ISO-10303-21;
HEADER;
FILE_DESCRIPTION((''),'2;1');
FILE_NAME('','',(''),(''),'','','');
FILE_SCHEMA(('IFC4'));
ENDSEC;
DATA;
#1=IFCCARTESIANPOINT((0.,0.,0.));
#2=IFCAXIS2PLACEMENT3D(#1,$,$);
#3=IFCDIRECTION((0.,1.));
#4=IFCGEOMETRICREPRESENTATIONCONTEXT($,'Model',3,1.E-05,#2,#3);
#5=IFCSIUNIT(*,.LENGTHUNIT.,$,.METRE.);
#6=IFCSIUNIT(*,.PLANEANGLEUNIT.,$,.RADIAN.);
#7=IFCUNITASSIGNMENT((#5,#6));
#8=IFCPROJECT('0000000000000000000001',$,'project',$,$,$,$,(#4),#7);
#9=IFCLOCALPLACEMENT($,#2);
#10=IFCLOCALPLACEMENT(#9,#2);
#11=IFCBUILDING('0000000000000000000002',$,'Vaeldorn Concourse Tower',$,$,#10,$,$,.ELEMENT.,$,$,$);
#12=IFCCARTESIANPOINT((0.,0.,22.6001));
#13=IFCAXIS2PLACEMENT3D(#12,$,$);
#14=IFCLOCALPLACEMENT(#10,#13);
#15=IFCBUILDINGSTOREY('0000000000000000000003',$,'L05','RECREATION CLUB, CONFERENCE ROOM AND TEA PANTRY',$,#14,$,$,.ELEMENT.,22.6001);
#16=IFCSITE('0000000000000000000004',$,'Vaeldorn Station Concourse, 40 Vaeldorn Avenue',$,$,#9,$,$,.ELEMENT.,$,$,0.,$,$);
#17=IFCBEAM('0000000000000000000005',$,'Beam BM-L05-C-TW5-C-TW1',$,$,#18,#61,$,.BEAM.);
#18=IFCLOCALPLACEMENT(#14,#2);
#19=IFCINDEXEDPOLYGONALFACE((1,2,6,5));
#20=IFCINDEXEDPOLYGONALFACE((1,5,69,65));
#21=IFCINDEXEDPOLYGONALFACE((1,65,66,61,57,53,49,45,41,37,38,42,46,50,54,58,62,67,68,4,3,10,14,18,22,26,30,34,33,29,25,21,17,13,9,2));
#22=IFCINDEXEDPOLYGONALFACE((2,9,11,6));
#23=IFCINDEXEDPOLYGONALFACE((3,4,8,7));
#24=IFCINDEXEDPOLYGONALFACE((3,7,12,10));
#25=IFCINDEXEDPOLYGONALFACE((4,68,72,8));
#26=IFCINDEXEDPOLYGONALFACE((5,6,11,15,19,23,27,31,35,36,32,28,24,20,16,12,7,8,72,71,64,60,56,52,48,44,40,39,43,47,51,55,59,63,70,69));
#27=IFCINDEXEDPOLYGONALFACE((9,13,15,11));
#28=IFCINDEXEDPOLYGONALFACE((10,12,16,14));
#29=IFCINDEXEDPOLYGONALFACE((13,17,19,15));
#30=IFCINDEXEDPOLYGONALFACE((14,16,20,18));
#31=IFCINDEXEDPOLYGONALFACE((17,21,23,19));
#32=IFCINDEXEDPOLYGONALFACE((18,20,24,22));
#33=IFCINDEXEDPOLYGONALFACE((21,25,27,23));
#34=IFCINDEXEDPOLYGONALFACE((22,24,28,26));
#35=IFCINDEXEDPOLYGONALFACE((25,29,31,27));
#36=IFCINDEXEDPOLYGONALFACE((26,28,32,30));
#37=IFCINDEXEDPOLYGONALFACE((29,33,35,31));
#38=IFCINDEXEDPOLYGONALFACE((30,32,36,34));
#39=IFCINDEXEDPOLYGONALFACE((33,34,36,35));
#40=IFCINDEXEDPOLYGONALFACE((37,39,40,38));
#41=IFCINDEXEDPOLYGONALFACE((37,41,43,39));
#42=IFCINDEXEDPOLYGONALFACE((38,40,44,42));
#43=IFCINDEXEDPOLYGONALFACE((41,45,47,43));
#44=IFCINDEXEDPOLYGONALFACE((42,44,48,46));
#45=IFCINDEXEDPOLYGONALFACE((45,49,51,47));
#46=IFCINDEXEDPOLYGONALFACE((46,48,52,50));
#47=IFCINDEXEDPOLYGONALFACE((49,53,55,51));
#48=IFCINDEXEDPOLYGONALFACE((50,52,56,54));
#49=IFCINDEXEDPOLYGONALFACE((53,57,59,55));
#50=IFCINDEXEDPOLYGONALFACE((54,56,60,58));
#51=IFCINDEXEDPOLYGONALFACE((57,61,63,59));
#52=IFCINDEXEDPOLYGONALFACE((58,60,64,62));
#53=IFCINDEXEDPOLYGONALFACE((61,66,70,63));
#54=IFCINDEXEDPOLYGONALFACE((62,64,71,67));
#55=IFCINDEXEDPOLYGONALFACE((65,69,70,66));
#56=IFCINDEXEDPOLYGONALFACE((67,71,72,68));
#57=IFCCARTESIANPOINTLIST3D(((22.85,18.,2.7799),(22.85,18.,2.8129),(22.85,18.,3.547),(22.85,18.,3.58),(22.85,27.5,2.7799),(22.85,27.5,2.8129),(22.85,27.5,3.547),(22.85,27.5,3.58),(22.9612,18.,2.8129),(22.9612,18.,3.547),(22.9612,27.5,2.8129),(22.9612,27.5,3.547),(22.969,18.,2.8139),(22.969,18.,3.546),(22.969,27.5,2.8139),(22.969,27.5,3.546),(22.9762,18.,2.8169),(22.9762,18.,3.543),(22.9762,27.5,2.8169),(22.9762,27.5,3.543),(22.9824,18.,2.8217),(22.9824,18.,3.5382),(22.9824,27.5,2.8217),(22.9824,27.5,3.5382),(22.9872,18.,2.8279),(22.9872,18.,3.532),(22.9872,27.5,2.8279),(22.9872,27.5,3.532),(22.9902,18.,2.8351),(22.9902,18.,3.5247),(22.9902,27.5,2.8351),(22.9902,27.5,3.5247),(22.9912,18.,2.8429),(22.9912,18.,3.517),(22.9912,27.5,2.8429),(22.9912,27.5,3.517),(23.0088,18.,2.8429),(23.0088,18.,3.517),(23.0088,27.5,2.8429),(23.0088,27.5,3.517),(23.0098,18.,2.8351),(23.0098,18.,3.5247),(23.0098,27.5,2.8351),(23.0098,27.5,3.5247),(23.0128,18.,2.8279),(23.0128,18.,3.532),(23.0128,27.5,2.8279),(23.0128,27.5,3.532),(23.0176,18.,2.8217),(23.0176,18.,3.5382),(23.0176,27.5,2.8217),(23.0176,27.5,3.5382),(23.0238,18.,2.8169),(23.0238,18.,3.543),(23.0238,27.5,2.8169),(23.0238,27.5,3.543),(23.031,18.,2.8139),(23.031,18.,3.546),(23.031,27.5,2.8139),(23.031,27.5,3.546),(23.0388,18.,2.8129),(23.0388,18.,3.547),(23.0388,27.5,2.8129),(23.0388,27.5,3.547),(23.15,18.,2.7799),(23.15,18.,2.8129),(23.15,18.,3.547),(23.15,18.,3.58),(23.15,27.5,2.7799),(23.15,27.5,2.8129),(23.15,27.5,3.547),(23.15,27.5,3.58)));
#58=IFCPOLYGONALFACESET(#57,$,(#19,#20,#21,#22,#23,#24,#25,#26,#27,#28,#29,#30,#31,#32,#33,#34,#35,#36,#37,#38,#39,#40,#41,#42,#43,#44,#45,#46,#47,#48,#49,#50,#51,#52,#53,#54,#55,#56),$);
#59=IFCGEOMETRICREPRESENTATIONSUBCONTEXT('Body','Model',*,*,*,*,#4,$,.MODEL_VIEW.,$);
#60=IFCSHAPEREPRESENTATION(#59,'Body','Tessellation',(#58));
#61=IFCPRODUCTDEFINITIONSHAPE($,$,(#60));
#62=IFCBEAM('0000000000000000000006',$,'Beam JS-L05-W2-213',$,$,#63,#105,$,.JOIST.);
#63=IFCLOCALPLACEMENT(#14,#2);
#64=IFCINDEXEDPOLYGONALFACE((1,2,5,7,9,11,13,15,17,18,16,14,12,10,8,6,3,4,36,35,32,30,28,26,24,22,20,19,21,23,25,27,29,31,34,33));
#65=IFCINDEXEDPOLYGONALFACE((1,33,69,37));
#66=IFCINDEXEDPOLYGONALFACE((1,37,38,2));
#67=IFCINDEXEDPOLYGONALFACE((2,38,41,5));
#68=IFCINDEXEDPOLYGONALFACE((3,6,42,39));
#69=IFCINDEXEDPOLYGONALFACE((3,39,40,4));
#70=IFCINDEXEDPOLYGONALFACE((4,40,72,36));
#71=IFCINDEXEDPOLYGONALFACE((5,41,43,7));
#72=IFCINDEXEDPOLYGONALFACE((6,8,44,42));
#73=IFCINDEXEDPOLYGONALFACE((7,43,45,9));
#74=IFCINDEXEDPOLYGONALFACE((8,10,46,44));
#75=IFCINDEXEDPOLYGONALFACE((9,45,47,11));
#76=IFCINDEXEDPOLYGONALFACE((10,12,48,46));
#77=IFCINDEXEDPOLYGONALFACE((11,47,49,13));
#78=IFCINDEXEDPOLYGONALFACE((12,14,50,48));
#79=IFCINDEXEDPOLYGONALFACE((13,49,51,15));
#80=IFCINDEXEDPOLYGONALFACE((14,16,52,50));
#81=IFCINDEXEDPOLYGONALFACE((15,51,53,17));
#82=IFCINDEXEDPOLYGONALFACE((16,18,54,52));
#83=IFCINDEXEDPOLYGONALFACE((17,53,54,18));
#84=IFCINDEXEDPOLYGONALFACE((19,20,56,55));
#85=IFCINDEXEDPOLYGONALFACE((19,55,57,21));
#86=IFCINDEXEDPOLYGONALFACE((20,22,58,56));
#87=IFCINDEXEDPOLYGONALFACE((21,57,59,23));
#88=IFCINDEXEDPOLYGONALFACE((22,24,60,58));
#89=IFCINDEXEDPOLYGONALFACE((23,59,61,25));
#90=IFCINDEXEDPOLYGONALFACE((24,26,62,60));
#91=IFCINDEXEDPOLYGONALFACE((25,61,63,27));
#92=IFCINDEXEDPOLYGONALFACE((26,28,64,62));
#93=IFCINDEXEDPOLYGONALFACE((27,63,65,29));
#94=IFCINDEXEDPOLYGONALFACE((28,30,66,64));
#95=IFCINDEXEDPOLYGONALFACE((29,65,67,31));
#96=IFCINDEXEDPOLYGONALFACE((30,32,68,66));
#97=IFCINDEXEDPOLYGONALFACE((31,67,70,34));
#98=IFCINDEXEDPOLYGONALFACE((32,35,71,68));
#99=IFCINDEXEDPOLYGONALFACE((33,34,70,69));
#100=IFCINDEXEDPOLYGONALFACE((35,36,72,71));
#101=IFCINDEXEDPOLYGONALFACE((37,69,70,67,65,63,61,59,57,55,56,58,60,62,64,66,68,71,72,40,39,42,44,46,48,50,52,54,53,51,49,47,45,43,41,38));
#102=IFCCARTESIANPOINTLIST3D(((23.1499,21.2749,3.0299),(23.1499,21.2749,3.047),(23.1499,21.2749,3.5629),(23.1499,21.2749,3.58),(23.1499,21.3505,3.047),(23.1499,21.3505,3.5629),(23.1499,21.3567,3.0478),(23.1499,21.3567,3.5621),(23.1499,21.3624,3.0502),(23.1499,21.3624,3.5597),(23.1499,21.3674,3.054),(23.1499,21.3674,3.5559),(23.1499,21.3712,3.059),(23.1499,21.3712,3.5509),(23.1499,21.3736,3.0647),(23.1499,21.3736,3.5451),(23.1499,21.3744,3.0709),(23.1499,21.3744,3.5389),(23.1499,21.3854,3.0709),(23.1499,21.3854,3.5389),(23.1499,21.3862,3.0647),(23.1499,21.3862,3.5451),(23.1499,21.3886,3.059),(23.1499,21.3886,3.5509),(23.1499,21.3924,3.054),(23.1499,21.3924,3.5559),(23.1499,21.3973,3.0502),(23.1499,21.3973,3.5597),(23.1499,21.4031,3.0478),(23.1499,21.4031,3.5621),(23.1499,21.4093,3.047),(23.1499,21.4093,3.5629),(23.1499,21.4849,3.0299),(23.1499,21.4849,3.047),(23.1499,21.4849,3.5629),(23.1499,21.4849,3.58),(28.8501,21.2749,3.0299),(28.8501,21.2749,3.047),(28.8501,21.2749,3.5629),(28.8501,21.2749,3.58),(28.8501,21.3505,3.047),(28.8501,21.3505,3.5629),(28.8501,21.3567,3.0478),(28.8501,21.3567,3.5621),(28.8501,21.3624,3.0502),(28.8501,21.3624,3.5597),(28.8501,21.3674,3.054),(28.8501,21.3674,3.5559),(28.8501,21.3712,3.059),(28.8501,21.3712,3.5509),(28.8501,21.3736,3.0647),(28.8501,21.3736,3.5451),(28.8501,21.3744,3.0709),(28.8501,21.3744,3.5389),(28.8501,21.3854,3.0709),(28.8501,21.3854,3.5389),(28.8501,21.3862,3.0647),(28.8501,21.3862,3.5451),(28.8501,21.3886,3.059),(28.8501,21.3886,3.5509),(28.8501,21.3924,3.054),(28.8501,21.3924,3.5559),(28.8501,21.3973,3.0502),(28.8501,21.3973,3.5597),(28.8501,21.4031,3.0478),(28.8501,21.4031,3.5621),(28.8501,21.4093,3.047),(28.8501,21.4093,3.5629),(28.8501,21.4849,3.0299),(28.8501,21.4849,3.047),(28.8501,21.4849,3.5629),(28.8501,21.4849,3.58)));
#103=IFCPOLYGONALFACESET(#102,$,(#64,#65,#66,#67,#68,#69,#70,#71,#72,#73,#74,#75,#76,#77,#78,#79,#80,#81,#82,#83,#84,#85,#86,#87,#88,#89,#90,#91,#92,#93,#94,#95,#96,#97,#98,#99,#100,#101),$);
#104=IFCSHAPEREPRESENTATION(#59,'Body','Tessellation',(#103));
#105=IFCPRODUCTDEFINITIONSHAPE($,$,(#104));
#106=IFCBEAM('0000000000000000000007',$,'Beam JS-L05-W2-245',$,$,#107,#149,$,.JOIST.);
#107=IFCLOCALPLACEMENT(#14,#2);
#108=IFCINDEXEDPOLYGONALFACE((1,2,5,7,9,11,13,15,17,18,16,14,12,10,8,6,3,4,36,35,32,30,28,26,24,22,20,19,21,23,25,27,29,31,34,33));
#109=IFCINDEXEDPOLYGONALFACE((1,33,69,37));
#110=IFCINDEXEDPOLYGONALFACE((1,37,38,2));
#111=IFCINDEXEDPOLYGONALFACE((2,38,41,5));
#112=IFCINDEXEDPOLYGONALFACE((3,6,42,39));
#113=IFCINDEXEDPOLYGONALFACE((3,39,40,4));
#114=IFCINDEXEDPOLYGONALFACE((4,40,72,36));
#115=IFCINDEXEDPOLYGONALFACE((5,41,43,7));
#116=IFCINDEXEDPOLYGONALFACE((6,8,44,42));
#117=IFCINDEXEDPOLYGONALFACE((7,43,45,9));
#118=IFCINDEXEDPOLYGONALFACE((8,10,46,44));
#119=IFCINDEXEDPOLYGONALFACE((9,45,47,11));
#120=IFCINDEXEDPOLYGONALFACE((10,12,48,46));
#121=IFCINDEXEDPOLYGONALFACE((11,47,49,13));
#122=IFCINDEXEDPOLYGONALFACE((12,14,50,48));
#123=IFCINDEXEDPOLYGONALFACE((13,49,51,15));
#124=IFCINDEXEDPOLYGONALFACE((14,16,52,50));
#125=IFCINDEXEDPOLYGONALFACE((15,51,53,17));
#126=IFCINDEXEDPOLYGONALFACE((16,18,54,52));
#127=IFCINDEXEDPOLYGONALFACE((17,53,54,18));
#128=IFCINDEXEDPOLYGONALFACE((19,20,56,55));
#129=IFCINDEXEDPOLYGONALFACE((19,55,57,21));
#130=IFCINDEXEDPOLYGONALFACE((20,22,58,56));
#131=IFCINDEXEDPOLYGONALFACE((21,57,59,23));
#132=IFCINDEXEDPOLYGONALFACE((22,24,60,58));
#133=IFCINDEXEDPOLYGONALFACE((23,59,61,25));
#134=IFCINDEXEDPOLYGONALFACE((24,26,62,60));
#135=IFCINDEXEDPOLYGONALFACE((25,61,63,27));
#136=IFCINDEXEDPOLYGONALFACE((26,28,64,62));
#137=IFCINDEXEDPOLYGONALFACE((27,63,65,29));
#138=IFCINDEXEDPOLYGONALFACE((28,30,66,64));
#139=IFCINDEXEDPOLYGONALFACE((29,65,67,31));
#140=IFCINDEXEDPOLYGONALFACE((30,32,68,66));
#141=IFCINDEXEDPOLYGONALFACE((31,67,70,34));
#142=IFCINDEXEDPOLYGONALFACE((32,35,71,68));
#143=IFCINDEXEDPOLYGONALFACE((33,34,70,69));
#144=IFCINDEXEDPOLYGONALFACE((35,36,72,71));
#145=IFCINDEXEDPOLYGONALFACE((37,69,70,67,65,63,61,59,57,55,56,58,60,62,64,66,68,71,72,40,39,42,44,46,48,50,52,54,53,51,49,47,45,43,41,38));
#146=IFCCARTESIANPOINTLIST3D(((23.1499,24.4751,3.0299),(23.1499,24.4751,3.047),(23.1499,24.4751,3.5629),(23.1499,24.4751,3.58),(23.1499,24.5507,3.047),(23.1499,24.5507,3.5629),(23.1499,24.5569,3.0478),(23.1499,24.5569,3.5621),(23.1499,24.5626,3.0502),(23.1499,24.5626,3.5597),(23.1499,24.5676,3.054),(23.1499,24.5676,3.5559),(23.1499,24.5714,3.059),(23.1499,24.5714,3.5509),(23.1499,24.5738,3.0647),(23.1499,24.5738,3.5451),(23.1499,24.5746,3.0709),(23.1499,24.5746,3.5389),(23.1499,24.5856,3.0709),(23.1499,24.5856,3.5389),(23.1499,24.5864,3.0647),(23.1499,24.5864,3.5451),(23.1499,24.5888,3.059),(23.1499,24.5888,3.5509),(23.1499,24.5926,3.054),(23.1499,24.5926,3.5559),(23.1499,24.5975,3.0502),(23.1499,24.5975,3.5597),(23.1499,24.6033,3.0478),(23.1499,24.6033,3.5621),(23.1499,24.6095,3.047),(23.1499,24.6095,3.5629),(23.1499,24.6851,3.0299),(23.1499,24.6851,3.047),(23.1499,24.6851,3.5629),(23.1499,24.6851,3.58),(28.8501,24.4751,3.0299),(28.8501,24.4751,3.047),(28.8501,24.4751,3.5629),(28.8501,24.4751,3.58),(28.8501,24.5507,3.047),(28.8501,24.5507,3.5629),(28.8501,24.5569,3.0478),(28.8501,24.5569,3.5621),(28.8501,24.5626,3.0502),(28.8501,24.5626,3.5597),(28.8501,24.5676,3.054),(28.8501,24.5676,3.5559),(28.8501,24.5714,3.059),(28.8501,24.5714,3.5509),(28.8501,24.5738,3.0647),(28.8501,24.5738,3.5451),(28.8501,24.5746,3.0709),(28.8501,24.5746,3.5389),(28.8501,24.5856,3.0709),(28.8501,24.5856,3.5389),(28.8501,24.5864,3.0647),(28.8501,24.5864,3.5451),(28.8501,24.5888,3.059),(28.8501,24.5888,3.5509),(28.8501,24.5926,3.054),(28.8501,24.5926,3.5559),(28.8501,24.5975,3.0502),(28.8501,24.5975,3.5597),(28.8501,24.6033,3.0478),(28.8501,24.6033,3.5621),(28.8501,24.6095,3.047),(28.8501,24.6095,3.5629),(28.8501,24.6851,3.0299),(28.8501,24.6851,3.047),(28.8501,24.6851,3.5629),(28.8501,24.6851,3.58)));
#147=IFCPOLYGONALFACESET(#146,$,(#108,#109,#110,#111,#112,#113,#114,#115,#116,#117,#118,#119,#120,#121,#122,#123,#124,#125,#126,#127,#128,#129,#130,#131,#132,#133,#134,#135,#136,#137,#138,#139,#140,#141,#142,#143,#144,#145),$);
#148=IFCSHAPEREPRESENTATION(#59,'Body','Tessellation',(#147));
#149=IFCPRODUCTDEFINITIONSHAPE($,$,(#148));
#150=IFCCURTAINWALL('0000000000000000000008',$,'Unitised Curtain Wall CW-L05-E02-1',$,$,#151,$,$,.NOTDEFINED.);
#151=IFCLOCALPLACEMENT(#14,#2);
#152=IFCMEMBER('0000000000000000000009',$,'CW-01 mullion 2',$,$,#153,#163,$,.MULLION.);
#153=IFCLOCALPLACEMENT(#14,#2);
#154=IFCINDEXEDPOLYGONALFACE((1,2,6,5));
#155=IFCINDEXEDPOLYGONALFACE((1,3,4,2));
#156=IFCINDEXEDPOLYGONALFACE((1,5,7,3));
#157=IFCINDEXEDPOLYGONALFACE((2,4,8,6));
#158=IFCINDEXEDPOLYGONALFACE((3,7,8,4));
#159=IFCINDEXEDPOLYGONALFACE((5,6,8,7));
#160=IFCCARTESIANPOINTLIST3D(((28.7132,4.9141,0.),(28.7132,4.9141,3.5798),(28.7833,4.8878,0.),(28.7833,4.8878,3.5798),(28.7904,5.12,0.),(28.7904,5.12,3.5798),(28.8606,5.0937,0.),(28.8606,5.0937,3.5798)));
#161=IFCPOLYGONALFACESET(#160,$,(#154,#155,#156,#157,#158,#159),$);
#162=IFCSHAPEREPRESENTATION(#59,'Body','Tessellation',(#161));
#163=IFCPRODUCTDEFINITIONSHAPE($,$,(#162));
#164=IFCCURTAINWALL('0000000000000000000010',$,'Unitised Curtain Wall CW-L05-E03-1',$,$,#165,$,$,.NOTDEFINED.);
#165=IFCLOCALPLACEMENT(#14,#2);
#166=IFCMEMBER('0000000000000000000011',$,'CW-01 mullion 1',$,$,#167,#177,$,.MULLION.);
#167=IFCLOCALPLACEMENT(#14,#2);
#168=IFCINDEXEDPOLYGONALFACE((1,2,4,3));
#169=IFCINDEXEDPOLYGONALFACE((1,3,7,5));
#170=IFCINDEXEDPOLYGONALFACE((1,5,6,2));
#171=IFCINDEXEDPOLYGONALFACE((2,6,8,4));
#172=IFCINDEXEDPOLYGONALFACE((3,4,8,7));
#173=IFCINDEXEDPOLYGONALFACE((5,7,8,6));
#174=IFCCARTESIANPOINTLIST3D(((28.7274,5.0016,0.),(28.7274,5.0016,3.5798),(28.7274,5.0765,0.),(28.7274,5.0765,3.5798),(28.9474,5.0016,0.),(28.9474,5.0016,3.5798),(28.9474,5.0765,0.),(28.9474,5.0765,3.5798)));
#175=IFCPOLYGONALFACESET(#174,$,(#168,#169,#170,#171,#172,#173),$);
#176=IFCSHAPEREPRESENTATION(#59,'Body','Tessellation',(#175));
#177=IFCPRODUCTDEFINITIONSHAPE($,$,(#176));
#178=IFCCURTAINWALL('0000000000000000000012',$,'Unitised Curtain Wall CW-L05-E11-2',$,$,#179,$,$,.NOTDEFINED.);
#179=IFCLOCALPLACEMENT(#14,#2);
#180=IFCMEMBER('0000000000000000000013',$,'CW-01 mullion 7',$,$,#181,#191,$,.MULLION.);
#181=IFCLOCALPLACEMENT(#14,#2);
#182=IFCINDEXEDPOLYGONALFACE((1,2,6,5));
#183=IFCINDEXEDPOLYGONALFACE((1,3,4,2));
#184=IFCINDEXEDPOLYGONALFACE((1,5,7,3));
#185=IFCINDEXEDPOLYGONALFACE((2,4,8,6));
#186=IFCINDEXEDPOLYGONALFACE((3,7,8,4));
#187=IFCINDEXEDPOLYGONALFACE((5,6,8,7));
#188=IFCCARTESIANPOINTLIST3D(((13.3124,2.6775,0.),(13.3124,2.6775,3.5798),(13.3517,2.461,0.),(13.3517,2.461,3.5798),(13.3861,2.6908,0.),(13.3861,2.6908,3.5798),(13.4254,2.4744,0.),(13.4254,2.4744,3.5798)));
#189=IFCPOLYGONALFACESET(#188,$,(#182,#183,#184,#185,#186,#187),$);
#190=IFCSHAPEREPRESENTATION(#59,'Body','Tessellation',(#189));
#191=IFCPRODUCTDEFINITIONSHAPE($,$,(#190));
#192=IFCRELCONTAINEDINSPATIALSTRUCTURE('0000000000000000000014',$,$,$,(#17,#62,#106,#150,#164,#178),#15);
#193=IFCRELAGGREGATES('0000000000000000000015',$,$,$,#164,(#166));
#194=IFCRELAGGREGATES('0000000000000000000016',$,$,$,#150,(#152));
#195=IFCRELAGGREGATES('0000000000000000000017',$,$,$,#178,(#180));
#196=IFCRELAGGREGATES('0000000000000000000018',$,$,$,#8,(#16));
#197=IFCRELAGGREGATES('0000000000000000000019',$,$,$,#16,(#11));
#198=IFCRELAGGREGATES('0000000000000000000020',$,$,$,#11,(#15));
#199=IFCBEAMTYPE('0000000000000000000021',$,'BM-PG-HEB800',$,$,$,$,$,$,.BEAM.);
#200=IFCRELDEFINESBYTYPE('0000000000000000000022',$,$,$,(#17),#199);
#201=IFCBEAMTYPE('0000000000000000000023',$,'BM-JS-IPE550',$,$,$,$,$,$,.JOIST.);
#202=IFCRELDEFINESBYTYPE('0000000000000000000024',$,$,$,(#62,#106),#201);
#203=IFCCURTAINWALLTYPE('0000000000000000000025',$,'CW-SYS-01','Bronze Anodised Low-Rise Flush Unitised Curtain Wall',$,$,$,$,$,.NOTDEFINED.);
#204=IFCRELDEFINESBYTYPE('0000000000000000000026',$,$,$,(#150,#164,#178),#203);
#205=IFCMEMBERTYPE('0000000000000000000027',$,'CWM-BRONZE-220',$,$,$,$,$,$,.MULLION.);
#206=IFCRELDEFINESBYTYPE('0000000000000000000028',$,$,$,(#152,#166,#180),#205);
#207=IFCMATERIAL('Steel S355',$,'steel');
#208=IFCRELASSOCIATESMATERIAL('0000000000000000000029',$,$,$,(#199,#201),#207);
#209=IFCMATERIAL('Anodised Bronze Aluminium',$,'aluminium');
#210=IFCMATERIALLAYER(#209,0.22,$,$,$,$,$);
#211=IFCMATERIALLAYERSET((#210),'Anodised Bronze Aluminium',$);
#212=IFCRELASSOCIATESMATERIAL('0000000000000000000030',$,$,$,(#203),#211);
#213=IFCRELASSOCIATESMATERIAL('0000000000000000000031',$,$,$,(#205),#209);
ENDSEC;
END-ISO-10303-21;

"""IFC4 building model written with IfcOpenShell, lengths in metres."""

from ifc_helpers import new_model, si_unit, direction, frame, origin, origin_2d, place, context, subcontext, project, spatial, rectangle, i_section, extrude, source, transform, mapped, material, layer, layer_set, material_profile, profile_set, type_object, element, aggregate, save


model = new_model("IFC4")

# Units and contexts
model_context = context("Model", 3, precision=1e-05, world=origin(), true_north=direction((0.0, 1.0)))
body_context = subcontext(model_context, "Body", "Model", "MODEL_VIEW")
ifc_project = project(units=[si_unit("LENGTHUNIT", "METRE"), si_unit("PLANEANGLEUNIT", "RADIAN")], contexts=[model_context])

# Site, building, storey
site_placement = place(None, origin())
site = spatial("IfcSite", under=ifc_project, at=site_placement, Name="Vaeldorn Station Concourse, 40 Vaeldorn Avenue", CompositionType="ELEMENT", RefElevation=0.0)
building_placement = place(site_placement, origin())
building = spatial("IfcBuilding", under=site, at=building_placement, Name="Vaeldorn Concourse Tower", CompositionType="ELEMENT")
storey_placement = place(building_placement, frame((0.0, 0.0, 22.6001)))
storey = spatial("IfcBuildingStorey", under=building, at=storey_placement, Name="L05", Description="RECREATION CLUB, CONFERENCE ROOM AND TEA PANTRY", CompositionType="ELEMENT", Elevation=22.6001)

# Beams
ifc_material_1 = material(Name="Steel S355", Category="steel")
ifc_material_profile_1 = material_profile(ifc_material_1, i_section(OverallWidth=0.3, OverallDepth=0.8, WebThickness=0.0176, FlangeThickness=0.033, FilletRadius=0.03, at=origin_2d()), Name="HEB 800")
ifc_profile_set_1 = profile_set([ifc_material_profile_1], Name="Steel S355")
beam_type_1 = type_object("IfcBeamType", Name="BM-PG-HEB800", PredefinedType="BEAM", material=ifc_profile_set_1)
shared_shape_1 = source(origin(), body_context, "Body", "SweptSolid", [
    extrude(i_section(OverallWidth=0.3, OverallDepth=0.8, WebThickness=0.0176, FlangeThickness=0.033, FilletRadius=0.03, at=origin_2d()), origin(), (0.0, 0.0, 1.0), 9.5),
])
beam_1_placement = place(storey_placement, frame((23.0, 18.0, 3.1799), z_axis=(0.0, 1.0, 0.0), x_axis=(-1.0, 0.0, 0.0)))
element("IfcBeam", 1, at=beam_1_placement, inside=storey, type_object=beam_type_1, Name="Beam BM-L05-C-TW5-C-TW1", PredefinedType="BEAM", context=body_context, shape_type="MappedRepresentation", body=[
    mapped(shared_shape_1, transform((0.0, 0.0, 0.0), scale=1.0)),
])
ifc_material_profile_2 = material_profile(ifc_material_1, i_section(OverallWidth=0.21, OverallDepth=0.55, WebThickness=0.011, FlangeThickness=0.0171, FilletRadius=0.0239, at=origin_2d()), Name="IPE 550")
ifc_profile_set_2 = profile_set([ifc_material_profile_2], Name="Steel S355")
beam_type_2 = type_object("IfcBeamType", Name="BM-JS-IPE550", PredefinedType="JOIST", material=ifc_profile_set_2)
shared_shape_2 = source(origin(), body_context, "Body", "SweptSolid", [
    extrude(i_section(OverallWidth=0.21, OverallDepth=0.55, WebThickness=0.011, FlangeThickness=0.0171, FilletRadius=0.0239, at=origin_2d()), origin(), (0.0, 0.0, 1.0), 5.7002),
])
for number, where, z_axis, x_axis, name in (
    (2, (23.1499, 21.3799, 3.3049), (1.0, 0.0, 0.0), (0.0, 1.0, 0.0), "Beam JS-L05-W2-213"),
    (3, (23.1499, 24.5801, 3.3049), (1.0, 0.0, 0.0), (0.0, 1.0, 0.0), "Beam JS-L05-W2-245"),
):
    element("IfcBeam", number, at=place(storey_placement, frame(where, z_axis=z_axis, x_axis=x_axis)), inside=storey, type_object=beam_type_2, Name=name, PredefinedType="JOIST", context=body_context, shape_type="MappedRepresentation", body=[
        mapped(shared_shape_2, transform((0.0, 0.0, 0.0), scale=1.0)),
    ])

# Curtain walls, members
ifc_material_2 = material(Name="Anodised Bronze Aluminium", Category="aluminium")
ifc_layer_1 = layer(ifc_material_2, 0.22)
ifc_layer_set_1 = layer_set([ifc_layer_1], Name="Anodised Bronze Aluminium")
curtain_wall_type = type_object("IfcCurtainWallType", Name="CW-SYS-01", Description="Bronze Anodised Low-Rise Flush Unitised Curtain Wall", PredefinedType="NOTDEFINED", material=ifc_layer_set_1)
curtain_wall_1_placement = place(storey_placement, origin())
curtain_wall_1 = element("IfcCurtainWall", 4, at=curtain_wall_1_placement, inside=storey, type_object=curtain_wall_type, Name="Unitised Curtain Wall CW-L05-E02-1", PredefinedType="NOTDEFINED")
ifc_material_profile_3 = material_profile(ifc_material_2, rectangle(XDim=0.075, YDim=0.22, at=origin_2d()), Name="CWM 75x220")
ifc_profile_set_3 = profile_set([ifc_material_profile_3], Name="Anodised Bronze Aluminium")
member_type_1 = type_object("IfcMemberType", Name="CWM-BRONZE-220", PredefinedType="MULLION", material=ifc_profile_set_3)
shared_shape_3 = source(origin(), body_context, "Body", "SweptSolid", [
    extrude(rectangle(XDim=0.075, YDim=0.22, at=origin_2d()), origin(), (0.0, 0.0, 1.0), 3.5798),
])
member_1_placement = place(storey_placement, frame((28.7869, 5.0039, 0.0), z_axis=(0.0, 0.0, 1.0), x_axis=(-0.936329, 0.351123, 0.0)))
member_1 = element("IfcMember", 5, at=member_1_placement, type_object=member_type_1, Name="CW-01 mullion 2", PredefinedType="MULLION", context=body_context, shape_type="MappedRepresentation", body=[
    mapped(shared_shape_3, transform((0.0, 0.0, 0.0), scale=1.0)),
])
curtain_wall_2_placement = place(storey_placement, origin())
curtain_wall_2 = element("IfcCurtainWall", 6, at=curtain_wall_2_placement, inside=storey, type_object=curtain_wall_type, Name="Unitised Curtain Wall CW-L05-E03-1", PredefinedType="NOTDEFINED")
member_2_placement = place(storey_placement, frame((28.8374, 5.0391, 0.0), z_axis=(0.0, 0.0, 1.0), x_axis=(0.0, 1.0, 0.0)))
member_2 = element("IfcMember", 7, at=member_2_placement, type_object=member_type_1, Name="CW-01 mullion 1", PredefinedType="MULLION", context=body_context, shape_type="MappedRepresentation", body=[
    mapped(shared_shape_3, transform((0.0, 0.0, 0.0), scale=1.0)),
])
curtain_wall_3_placement = place(storey_placement, origin())
curtain_wall_3 = element("IfcCurtainWall", 8, at=curtain_wall_3_placement, inside=storey, type_object=curtain_wall_type, Name="Unitised Curtain Wall CW-L05-E11-2", PredefinedType="NOTDEFINED")
member_3_placement = place(storey_placement, frame((13.3689, 2.5759, 0.0), z_axis=(0.0, 0.0, 1.0), x_axis=(0.983935, 0.178526, 0.0)))
member_3 = element("IfcMember", 9, at=member_3_placement, type_object=member_type_1, Name="CW-01 mullion 7", PredefinedType="MULLION", context=body_context, shape_type="MappedRepresentation", body=[
    mapped(shared_shape_3, transform((0.0, 0.0, 0.0), scale=1.0)),
])

aggregate(curtain_wall_2, [member_2])

aggregate(curtain_wall_1, [member_1])
aggregate(curtain_wall_3, [member_3])

save(model, "model.ifc")
